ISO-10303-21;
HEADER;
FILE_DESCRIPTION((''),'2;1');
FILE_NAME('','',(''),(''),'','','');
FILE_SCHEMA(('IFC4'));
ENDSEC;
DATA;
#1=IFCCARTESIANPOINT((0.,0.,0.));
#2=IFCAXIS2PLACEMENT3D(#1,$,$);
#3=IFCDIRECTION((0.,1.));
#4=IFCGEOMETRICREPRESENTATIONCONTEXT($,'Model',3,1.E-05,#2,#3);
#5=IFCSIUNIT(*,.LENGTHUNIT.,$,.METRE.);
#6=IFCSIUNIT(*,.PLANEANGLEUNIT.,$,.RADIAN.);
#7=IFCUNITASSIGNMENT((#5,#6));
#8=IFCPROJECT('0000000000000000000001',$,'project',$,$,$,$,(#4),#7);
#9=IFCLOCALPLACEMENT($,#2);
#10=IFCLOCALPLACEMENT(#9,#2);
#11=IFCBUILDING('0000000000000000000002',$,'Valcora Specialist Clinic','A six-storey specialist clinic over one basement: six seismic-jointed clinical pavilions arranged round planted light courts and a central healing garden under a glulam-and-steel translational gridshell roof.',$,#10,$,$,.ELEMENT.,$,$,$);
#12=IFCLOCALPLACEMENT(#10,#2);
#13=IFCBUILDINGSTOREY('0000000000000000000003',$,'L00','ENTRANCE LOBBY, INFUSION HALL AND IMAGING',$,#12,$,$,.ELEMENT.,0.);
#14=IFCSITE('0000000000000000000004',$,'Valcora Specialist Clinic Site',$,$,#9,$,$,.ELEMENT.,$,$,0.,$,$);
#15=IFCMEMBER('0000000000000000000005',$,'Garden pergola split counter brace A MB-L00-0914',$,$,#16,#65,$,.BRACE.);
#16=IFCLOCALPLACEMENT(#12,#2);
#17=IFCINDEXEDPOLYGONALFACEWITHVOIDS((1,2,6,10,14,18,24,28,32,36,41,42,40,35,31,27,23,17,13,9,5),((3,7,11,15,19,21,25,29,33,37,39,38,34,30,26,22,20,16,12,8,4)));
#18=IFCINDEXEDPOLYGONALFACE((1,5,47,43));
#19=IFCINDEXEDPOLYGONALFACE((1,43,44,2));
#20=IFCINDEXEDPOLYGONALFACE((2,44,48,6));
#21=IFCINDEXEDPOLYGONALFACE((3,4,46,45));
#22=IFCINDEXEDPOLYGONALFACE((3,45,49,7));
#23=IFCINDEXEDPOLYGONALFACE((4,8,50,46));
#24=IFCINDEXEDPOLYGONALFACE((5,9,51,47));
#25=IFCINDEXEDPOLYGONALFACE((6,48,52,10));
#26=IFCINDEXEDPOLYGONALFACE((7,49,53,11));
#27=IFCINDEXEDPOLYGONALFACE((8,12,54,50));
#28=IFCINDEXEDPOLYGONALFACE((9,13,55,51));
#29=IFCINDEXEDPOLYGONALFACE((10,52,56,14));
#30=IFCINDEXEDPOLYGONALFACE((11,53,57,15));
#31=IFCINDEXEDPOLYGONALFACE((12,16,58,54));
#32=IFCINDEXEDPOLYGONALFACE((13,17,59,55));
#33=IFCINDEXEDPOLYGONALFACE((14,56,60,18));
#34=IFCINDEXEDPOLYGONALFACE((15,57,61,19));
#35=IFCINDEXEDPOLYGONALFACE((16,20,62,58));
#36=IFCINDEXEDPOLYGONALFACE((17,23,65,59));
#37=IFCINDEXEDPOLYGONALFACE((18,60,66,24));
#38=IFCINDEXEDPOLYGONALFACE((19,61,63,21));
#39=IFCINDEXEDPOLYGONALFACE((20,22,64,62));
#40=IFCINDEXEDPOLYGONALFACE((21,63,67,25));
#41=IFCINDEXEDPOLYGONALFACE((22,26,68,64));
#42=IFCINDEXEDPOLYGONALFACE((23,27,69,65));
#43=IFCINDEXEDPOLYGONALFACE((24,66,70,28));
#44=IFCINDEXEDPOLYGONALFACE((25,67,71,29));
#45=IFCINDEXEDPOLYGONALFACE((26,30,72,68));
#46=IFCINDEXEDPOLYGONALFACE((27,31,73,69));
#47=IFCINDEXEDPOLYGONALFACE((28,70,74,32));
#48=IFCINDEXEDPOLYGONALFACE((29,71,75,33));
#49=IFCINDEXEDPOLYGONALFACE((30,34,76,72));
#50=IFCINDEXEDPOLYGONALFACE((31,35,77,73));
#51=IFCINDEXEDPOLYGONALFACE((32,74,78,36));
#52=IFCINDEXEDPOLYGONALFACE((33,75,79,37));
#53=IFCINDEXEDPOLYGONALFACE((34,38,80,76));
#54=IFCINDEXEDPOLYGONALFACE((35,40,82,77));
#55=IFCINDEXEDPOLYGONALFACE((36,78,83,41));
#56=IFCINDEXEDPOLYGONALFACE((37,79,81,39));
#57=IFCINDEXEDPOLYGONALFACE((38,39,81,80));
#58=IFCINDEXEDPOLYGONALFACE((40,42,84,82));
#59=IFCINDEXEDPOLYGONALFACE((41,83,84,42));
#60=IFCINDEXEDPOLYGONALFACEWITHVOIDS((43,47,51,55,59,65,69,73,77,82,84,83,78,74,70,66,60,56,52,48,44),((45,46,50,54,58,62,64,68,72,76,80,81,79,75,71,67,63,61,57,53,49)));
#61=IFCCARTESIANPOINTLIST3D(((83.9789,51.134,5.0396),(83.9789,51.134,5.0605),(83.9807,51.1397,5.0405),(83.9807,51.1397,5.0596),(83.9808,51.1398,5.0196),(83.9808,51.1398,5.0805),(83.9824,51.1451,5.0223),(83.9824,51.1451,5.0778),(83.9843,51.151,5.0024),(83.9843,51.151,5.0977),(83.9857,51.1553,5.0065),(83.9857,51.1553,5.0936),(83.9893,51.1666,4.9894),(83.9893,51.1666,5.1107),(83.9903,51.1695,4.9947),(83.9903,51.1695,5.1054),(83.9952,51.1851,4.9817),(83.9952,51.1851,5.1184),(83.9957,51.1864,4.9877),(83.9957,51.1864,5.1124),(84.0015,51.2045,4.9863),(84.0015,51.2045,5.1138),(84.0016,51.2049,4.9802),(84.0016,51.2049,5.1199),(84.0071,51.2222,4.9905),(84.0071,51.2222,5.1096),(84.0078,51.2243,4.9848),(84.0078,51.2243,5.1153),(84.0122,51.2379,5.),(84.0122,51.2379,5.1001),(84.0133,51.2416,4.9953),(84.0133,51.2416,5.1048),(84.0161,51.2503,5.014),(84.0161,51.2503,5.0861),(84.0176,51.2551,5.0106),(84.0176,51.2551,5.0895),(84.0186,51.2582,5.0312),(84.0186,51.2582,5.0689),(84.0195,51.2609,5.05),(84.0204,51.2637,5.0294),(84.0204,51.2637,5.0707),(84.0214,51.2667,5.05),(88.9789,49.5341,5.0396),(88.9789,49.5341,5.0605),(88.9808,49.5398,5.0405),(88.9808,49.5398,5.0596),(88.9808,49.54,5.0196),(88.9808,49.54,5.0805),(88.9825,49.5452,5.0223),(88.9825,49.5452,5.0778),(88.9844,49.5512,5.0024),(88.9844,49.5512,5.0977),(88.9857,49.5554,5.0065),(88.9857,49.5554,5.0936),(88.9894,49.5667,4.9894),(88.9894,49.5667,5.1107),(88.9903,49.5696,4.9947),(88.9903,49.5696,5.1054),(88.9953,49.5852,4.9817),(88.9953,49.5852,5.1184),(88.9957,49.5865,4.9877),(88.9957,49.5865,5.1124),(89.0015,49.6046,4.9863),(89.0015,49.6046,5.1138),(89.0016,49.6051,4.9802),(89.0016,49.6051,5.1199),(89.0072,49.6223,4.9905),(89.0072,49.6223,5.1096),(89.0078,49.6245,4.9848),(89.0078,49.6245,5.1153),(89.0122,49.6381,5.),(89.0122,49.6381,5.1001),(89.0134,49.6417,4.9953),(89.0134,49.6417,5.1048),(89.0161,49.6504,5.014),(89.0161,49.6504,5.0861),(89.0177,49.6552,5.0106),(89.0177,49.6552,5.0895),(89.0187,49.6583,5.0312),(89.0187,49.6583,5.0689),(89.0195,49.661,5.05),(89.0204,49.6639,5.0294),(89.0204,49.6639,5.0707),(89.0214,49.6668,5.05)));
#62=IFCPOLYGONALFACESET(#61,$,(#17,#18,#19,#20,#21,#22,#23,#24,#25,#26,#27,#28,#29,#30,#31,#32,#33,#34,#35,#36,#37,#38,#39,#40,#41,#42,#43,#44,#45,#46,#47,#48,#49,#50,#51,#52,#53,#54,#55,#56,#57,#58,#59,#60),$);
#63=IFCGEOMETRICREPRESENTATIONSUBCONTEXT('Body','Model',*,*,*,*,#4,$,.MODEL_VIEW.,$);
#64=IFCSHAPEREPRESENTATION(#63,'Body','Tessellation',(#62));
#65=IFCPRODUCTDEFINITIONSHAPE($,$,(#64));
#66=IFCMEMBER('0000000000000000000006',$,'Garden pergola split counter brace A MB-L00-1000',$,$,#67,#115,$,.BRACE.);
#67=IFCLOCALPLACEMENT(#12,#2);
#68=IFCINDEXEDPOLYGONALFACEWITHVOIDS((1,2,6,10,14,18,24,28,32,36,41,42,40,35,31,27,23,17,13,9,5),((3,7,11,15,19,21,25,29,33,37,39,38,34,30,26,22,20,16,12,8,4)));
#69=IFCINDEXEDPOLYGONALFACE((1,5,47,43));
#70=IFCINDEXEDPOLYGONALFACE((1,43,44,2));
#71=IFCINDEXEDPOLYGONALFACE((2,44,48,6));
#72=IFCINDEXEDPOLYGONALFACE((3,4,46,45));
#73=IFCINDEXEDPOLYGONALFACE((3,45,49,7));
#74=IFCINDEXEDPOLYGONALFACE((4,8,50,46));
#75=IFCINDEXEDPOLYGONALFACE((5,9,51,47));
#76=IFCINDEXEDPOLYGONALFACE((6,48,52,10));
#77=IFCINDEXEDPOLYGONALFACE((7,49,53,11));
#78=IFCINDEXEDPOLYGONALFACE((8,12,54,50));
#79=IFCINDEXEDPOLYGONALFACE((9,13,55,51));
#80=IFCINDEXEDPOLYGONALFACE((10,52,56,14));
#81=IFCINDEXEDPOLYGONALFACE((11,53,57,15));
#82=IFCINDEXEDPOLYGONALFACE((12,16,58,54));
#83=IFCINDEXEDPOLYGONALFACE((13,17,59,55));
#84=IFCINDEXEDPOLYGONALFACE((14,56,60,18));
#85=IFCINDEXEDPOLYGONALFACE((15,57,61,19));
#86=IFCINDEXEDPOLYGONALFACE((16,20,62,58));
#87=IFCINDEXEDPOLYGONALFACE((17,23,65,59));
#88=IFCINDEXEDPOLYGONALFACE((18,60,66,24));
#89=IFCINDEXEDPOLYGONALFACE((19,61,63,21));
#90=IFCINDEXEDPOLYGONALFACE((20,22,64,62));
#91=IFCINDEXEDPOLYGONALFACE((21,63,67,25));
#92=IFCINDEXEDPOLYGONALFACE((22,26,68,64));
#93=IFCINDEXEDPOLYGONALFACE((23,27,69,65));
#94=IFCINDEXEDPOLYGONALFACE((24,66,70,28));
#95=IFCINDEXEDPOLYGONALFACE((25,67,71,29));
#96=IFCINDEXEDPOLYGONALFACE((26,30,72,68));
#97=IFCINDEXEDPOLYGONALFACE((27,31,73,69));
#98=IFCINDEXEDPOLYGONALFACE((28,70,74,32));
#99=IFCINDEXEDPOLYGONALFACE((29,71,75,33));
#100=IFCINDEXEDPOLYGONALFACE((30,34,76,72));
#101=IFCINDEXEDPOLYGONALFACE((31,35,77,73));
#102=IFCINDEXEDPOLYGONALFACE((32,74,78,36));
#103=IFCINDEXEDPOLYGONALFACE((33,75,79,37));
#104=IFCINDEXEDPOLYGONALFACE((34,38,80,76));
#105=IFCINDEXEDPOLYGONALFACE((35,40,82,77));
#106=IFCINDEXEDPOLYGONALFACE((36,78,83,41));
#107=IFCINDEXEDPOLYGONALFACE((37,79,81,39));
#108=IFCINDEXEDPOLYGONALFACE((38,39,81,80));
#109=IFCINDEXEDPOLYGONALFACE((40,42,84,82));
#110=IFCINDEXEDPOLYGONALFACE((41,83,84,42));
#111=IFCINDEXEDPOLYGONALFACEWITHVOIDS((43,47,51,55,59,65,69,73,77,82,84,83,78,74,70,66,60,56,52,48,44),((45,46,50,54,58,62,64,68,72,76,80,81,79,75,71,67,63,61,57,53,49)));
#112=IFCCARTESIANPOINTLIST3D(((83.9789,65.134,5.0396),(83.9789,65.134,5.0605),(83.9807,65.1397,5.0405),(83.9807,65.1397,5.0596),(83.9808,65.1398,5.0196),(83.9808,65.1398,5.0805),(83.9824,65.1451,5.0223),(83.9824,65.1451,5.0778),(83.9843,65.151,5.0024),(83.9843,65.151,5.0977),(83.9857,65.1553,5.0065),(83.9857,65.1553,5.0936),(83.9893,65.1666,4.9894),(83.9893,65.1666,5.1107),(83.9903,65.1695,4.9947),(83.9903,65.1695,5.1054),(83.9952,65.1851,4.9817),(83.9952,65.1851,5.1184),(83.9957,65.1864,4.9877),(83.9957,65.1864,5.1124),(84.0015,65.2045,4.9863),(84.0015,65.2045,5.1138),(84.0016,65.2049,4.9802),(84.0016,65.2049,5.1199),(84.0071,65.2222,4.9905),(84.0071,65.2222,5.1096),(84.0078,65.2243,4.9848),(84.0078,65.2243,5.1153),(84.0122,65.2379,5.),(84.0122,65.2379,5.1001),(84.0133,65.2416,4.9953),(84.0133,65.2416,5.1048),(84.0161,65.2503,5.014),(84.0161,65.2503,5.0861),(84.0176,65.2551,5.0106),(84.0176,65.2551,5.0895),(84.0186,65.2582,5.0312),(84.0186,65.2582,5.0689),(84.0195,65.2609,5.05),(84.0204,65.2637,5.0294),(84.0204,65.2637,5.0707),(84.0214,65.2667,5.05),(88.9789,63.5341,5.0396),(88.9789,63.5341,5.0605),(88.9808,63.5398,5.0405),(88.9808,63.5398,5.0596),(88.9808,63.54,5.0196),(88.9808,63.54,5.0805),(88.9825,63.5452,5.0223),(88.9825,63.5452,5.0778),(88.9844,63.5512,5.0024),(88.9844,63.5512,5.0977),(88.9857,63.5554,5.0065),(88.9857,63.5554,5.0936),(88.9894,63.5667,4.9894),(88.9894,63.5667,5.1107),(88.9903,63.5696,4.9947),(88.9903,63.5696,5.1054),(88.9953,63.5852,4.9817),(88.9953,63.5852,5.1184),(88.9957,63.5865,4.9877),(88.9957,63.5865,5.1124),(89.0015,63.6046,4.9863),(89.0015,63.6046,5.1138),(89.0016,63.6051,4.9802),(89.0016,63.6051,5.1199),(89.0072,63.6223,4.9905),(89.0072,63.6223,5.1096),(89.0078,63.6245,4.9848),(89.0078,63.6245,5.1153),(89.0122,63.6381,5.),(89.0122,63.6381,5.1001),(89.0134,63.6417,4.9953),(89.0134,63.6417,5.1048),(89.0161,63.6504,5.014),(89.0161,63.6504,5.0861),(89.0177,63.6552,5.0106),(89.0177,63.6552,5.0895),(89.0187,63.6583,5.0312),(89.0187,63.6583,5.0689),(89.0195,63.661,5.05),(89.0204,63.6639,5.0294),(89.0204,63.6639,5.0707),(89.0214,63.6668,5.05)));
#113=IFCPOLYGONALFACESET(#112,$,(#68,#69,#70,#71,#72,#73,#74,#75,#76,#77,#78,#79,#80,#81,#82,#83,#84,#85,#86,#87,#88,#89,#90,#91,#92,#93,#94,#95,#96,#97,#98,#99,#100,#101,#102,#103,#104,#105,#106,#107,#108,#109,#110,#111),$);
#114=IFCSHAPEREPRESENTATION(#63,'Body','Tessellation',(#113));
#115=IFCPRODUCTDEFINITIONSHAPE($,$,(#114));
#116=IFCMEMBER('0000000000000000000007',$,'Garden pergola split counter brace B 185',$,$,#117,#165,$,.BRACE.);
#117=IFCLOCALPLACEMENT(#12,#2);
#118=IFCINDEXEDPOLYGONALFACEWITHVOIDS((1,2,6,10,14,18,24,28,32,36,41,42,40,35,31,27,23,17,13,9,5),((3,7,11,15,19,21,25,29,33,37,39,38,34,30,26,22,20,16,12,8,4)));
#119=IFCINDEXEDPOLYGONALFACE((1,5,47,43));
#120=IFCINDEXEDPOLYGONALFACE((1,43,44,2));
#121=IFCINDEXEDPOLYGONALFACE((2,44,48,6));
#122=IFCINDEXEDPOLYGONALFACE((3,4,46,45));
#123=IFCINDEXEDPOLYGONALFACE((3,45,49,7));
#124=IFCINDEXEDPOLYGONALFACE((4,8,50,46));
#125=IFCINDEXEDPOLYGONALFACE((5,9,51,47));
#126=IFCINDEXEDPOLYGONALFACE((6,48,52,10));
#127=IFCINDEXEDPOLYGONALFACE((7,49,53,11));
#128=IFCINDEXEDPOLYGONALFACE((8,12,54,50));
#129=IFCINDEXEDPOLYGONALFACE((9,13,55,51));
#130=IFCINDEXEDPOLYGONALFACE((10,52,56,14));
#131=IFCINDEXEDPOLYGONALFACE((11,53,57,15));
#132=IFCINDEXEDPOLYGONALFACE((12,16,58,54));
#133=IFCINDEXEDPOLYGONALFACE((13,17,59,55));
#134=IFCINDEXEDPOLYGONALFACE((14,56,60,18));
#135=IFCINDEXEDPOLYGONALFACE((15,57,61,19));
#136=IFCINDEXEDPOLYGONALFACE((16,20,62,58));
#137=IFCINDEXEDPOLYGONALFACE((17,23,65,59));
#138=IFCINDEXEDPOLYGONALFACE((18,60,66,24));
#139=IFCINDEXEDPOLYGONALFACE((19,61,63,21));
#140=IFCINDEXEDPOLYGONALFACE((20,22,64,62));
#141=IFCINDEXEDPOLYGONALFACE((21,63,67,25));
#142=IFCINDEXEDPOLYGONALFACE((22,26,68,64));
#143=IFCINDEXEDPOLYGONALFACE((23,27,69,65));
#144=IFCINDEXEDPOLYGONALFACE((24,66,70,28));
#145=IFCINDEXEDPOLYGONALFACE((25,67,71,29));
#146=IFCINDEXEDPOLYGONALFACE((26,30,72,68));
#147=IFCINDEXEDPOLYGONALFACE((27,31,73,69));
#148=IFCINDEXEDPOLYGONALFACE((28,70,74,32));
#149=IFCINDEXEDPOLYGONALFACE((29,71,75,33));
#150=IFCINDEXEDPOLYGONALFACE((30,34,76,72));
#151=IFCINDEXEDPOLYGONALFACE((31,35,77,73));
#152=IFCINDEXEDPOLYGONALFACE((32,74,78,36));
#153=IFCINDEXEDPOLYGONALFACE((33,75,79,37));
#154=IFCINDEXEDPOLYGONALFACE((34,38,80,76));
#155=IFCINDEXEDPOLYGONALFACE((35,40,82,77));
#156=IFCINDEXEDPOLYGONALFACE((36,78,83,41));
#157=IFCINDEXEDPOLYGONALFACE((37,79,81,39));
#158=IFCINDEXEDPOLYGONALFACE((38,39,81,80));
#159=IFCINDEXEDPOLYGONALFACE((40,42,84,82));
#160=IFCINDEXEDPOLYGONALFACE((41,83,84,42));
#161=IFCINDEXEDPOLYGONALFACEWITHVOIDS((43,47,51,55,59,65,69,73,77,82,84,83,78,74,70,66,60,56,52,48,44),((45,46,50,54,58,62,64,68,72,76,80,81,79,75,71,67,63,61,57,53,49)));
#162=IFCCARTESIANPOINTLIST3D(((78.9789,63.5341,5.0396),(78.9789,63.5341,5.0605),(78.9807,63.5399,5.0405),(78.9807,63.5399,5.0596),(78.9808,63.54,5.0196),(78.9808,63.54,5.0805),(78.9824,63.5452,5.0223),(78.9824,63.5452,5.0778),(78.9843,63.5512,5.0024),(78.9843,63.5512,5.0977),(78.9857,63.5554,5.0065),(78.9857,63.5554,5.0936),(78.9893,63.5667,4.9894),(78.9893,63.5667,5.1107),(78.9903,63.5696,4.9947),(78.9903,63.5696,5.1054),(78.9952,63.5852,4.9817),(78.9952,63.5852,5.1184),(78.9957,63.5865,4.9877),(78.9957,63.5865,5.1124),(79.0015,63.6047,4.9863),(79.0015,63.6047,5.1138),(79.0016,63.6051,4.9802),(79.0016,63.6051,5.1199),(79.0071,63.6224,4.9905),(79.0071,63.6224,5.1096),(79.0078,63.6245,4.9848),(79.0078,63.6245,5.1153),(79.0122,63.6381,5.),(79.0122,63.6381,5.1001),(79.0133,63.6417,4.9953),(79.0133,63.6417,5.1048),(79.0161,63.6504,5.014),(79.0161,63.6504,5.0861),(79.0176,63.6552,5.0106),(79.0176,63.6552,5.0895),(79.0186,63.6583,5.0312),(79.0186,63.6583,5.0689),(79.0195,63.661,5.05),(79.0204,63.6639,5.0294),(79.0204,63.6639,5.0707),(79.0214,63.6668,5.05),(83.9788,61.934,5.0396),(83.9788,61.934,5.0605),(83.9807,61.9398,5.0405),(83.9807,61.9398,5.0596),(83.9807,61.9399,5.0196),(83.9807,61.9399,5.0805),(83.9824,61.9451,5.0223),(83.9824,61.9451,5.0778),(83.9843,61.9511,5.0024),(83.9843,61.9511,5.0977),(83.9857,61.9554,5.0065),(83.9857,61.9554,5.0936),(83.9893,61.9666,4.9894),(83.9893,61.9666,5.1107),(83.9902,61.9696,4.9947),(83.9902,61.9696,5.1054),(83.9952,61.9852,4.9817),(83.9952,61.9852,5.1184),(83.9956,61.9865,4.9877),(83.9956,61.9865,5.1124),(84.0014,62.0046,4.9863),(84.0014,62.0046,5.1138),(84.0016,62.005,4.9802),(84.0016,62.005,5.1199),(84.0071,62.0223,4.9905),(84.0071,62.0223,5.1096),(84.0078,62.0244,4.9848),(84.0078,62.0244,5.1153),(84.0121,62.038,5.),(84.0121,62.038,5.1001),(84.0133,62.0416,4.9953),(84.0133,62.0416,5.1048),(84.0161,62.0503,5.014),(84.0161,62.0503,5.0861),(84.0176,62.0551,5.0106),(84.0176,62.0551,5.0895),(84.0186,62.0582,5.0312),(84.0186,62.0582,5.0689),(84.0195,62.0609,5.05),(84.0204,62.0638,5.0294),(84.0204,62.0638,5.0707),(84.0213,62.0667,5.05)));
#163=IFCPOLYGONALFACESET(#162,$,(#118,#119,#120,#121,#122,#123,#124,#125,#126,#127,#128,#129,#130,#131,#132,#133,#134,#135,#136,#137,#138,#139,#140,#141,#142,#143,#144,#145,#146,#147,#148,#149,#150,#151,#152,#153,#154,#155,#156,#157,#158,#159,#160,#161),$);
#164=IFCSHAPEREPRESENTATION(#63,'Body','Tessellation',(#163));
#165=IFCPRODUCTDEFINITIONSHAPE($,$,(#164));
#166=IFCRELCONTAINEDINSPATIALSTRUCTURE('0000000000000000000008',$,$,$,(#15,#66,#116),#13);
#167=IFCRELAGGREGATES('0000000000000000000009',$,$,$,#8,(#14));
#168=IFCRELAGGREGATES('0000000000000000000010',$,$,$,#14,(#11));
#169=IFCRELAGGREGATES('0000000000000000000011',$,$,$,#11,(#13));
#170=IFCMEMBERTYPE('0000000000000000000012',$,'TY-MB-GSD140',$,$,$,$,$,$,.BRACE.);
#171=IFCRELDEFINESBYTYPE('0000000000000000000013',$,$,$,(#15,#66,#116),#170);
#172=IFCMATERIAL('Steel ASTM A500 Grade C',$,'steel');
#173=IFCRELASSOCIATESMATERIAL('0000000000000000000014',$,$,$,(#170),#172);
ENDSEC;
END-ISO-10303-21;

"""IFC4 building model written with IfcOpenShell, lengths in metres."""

from ifc_helpers import new_model, si_unit, direction, frame, origin, origin_2d, place, context, subcontext, project, spatial, hollow_circle, extrude, material, material_profile, profile_set, type_object, element, save


model = new_model("IFC4")

# Units and contexts
model_context = context("Model", 3, precision=1e-05, world=origin(), true_north=direction((0.0, 1.0)))
body_context = subcontext(model_context, "Body", "Model", "MODEL_VIEW")
ifc_project = project(units=[si_unit("LENGTHUNIT", "METRE"), si_unit("PLANEANGLEUNIT", "RADIAN")], contexts=[model_context])

# Site, building, storey
site_placement = place(None, origin())
site = spatial("IfcSite", under=ifc_project, at=site_placement, Name="Valcora Specialist Clinic Site", CompositionType="ELEMENT", RefElevation=0.0)
building_placement = place(site_placement, origin())
building = spatial("IfcBuilding", under=site, at=building_placement, Name="Valcora Specialist Clinic", Description="A six-storey specialist clinic over one basement: six seismic-jointed clinical pavilions arranged round planted light courts and a central healing garden under a glulam-and-steel translational gridshell roof.", CompositionType="ELEMENT")
storey_placement = place(building_placement, origin())
storey = spatial("IfcBuildingStorey", under=building, at=storey_placement, Name="L00", Description="ENTRANCE LOBBY, INFUSION HALL AND IMAGING", CompositionType="ELEMENT", Elevation=0.0)

# Members
ifc_material_1 = material(Name="Steel ASTM A500 Grade C", Category="steel")
ifc_material_profile_1 = material_profile(ifc_material_1, hollow_circle(Radius=0.0701, WallThickness=0.0061, at=origin_2d()), Name="ST-CHS-140X6")
ifc_profile_set_1 = profile_set([ifc_material_profile_1], Name="Steel ASTM A500 Grade C")
member_type_1 = type_object("IfcMemberType", Name="TY-MB-GSD140", PredefinedType="BRACE", material=ifc_profile_set_1)
for number, where, z_axis, x_axis, name in (
    (1, (84.0, 51.2, 5.05), (0.952432, -0.30475, 0.0), (0.30475, 0.952432, 0.0), "Garden pergola split counter brace A MB-L00-0914"),
    (2, (84.0, 65.2, 5.05), (0.952432, -0.30475, 0.0), (0.30475, 0.952432, 0.0), "Garden pergola split counter brace A MB-L00-1000"),
    (3, (79.0, 63.6001, 5.05), (0.952419, -0.304793, 0.0), (0.304793, 0.952419, 0.0), "Garden pergola split counter brace B 185"),
):
    element("IfcMember", number, at=place(storey_placement, frame(where, z_axis=z_axis, x_axis=x_axis)), inside=storey, type_object=member_type_1, Name=name, PredefinedType="BRACE", context=body_context, shape_type="SweptSolid", body=[
        extrude(hollow_circle(Radius=0.0701, WallThickness=0.0061, at=origin_2d()), origin(), (0.0, 0.0, 1.0), 5.2498),
    ])

save(model, "model.ifc")
